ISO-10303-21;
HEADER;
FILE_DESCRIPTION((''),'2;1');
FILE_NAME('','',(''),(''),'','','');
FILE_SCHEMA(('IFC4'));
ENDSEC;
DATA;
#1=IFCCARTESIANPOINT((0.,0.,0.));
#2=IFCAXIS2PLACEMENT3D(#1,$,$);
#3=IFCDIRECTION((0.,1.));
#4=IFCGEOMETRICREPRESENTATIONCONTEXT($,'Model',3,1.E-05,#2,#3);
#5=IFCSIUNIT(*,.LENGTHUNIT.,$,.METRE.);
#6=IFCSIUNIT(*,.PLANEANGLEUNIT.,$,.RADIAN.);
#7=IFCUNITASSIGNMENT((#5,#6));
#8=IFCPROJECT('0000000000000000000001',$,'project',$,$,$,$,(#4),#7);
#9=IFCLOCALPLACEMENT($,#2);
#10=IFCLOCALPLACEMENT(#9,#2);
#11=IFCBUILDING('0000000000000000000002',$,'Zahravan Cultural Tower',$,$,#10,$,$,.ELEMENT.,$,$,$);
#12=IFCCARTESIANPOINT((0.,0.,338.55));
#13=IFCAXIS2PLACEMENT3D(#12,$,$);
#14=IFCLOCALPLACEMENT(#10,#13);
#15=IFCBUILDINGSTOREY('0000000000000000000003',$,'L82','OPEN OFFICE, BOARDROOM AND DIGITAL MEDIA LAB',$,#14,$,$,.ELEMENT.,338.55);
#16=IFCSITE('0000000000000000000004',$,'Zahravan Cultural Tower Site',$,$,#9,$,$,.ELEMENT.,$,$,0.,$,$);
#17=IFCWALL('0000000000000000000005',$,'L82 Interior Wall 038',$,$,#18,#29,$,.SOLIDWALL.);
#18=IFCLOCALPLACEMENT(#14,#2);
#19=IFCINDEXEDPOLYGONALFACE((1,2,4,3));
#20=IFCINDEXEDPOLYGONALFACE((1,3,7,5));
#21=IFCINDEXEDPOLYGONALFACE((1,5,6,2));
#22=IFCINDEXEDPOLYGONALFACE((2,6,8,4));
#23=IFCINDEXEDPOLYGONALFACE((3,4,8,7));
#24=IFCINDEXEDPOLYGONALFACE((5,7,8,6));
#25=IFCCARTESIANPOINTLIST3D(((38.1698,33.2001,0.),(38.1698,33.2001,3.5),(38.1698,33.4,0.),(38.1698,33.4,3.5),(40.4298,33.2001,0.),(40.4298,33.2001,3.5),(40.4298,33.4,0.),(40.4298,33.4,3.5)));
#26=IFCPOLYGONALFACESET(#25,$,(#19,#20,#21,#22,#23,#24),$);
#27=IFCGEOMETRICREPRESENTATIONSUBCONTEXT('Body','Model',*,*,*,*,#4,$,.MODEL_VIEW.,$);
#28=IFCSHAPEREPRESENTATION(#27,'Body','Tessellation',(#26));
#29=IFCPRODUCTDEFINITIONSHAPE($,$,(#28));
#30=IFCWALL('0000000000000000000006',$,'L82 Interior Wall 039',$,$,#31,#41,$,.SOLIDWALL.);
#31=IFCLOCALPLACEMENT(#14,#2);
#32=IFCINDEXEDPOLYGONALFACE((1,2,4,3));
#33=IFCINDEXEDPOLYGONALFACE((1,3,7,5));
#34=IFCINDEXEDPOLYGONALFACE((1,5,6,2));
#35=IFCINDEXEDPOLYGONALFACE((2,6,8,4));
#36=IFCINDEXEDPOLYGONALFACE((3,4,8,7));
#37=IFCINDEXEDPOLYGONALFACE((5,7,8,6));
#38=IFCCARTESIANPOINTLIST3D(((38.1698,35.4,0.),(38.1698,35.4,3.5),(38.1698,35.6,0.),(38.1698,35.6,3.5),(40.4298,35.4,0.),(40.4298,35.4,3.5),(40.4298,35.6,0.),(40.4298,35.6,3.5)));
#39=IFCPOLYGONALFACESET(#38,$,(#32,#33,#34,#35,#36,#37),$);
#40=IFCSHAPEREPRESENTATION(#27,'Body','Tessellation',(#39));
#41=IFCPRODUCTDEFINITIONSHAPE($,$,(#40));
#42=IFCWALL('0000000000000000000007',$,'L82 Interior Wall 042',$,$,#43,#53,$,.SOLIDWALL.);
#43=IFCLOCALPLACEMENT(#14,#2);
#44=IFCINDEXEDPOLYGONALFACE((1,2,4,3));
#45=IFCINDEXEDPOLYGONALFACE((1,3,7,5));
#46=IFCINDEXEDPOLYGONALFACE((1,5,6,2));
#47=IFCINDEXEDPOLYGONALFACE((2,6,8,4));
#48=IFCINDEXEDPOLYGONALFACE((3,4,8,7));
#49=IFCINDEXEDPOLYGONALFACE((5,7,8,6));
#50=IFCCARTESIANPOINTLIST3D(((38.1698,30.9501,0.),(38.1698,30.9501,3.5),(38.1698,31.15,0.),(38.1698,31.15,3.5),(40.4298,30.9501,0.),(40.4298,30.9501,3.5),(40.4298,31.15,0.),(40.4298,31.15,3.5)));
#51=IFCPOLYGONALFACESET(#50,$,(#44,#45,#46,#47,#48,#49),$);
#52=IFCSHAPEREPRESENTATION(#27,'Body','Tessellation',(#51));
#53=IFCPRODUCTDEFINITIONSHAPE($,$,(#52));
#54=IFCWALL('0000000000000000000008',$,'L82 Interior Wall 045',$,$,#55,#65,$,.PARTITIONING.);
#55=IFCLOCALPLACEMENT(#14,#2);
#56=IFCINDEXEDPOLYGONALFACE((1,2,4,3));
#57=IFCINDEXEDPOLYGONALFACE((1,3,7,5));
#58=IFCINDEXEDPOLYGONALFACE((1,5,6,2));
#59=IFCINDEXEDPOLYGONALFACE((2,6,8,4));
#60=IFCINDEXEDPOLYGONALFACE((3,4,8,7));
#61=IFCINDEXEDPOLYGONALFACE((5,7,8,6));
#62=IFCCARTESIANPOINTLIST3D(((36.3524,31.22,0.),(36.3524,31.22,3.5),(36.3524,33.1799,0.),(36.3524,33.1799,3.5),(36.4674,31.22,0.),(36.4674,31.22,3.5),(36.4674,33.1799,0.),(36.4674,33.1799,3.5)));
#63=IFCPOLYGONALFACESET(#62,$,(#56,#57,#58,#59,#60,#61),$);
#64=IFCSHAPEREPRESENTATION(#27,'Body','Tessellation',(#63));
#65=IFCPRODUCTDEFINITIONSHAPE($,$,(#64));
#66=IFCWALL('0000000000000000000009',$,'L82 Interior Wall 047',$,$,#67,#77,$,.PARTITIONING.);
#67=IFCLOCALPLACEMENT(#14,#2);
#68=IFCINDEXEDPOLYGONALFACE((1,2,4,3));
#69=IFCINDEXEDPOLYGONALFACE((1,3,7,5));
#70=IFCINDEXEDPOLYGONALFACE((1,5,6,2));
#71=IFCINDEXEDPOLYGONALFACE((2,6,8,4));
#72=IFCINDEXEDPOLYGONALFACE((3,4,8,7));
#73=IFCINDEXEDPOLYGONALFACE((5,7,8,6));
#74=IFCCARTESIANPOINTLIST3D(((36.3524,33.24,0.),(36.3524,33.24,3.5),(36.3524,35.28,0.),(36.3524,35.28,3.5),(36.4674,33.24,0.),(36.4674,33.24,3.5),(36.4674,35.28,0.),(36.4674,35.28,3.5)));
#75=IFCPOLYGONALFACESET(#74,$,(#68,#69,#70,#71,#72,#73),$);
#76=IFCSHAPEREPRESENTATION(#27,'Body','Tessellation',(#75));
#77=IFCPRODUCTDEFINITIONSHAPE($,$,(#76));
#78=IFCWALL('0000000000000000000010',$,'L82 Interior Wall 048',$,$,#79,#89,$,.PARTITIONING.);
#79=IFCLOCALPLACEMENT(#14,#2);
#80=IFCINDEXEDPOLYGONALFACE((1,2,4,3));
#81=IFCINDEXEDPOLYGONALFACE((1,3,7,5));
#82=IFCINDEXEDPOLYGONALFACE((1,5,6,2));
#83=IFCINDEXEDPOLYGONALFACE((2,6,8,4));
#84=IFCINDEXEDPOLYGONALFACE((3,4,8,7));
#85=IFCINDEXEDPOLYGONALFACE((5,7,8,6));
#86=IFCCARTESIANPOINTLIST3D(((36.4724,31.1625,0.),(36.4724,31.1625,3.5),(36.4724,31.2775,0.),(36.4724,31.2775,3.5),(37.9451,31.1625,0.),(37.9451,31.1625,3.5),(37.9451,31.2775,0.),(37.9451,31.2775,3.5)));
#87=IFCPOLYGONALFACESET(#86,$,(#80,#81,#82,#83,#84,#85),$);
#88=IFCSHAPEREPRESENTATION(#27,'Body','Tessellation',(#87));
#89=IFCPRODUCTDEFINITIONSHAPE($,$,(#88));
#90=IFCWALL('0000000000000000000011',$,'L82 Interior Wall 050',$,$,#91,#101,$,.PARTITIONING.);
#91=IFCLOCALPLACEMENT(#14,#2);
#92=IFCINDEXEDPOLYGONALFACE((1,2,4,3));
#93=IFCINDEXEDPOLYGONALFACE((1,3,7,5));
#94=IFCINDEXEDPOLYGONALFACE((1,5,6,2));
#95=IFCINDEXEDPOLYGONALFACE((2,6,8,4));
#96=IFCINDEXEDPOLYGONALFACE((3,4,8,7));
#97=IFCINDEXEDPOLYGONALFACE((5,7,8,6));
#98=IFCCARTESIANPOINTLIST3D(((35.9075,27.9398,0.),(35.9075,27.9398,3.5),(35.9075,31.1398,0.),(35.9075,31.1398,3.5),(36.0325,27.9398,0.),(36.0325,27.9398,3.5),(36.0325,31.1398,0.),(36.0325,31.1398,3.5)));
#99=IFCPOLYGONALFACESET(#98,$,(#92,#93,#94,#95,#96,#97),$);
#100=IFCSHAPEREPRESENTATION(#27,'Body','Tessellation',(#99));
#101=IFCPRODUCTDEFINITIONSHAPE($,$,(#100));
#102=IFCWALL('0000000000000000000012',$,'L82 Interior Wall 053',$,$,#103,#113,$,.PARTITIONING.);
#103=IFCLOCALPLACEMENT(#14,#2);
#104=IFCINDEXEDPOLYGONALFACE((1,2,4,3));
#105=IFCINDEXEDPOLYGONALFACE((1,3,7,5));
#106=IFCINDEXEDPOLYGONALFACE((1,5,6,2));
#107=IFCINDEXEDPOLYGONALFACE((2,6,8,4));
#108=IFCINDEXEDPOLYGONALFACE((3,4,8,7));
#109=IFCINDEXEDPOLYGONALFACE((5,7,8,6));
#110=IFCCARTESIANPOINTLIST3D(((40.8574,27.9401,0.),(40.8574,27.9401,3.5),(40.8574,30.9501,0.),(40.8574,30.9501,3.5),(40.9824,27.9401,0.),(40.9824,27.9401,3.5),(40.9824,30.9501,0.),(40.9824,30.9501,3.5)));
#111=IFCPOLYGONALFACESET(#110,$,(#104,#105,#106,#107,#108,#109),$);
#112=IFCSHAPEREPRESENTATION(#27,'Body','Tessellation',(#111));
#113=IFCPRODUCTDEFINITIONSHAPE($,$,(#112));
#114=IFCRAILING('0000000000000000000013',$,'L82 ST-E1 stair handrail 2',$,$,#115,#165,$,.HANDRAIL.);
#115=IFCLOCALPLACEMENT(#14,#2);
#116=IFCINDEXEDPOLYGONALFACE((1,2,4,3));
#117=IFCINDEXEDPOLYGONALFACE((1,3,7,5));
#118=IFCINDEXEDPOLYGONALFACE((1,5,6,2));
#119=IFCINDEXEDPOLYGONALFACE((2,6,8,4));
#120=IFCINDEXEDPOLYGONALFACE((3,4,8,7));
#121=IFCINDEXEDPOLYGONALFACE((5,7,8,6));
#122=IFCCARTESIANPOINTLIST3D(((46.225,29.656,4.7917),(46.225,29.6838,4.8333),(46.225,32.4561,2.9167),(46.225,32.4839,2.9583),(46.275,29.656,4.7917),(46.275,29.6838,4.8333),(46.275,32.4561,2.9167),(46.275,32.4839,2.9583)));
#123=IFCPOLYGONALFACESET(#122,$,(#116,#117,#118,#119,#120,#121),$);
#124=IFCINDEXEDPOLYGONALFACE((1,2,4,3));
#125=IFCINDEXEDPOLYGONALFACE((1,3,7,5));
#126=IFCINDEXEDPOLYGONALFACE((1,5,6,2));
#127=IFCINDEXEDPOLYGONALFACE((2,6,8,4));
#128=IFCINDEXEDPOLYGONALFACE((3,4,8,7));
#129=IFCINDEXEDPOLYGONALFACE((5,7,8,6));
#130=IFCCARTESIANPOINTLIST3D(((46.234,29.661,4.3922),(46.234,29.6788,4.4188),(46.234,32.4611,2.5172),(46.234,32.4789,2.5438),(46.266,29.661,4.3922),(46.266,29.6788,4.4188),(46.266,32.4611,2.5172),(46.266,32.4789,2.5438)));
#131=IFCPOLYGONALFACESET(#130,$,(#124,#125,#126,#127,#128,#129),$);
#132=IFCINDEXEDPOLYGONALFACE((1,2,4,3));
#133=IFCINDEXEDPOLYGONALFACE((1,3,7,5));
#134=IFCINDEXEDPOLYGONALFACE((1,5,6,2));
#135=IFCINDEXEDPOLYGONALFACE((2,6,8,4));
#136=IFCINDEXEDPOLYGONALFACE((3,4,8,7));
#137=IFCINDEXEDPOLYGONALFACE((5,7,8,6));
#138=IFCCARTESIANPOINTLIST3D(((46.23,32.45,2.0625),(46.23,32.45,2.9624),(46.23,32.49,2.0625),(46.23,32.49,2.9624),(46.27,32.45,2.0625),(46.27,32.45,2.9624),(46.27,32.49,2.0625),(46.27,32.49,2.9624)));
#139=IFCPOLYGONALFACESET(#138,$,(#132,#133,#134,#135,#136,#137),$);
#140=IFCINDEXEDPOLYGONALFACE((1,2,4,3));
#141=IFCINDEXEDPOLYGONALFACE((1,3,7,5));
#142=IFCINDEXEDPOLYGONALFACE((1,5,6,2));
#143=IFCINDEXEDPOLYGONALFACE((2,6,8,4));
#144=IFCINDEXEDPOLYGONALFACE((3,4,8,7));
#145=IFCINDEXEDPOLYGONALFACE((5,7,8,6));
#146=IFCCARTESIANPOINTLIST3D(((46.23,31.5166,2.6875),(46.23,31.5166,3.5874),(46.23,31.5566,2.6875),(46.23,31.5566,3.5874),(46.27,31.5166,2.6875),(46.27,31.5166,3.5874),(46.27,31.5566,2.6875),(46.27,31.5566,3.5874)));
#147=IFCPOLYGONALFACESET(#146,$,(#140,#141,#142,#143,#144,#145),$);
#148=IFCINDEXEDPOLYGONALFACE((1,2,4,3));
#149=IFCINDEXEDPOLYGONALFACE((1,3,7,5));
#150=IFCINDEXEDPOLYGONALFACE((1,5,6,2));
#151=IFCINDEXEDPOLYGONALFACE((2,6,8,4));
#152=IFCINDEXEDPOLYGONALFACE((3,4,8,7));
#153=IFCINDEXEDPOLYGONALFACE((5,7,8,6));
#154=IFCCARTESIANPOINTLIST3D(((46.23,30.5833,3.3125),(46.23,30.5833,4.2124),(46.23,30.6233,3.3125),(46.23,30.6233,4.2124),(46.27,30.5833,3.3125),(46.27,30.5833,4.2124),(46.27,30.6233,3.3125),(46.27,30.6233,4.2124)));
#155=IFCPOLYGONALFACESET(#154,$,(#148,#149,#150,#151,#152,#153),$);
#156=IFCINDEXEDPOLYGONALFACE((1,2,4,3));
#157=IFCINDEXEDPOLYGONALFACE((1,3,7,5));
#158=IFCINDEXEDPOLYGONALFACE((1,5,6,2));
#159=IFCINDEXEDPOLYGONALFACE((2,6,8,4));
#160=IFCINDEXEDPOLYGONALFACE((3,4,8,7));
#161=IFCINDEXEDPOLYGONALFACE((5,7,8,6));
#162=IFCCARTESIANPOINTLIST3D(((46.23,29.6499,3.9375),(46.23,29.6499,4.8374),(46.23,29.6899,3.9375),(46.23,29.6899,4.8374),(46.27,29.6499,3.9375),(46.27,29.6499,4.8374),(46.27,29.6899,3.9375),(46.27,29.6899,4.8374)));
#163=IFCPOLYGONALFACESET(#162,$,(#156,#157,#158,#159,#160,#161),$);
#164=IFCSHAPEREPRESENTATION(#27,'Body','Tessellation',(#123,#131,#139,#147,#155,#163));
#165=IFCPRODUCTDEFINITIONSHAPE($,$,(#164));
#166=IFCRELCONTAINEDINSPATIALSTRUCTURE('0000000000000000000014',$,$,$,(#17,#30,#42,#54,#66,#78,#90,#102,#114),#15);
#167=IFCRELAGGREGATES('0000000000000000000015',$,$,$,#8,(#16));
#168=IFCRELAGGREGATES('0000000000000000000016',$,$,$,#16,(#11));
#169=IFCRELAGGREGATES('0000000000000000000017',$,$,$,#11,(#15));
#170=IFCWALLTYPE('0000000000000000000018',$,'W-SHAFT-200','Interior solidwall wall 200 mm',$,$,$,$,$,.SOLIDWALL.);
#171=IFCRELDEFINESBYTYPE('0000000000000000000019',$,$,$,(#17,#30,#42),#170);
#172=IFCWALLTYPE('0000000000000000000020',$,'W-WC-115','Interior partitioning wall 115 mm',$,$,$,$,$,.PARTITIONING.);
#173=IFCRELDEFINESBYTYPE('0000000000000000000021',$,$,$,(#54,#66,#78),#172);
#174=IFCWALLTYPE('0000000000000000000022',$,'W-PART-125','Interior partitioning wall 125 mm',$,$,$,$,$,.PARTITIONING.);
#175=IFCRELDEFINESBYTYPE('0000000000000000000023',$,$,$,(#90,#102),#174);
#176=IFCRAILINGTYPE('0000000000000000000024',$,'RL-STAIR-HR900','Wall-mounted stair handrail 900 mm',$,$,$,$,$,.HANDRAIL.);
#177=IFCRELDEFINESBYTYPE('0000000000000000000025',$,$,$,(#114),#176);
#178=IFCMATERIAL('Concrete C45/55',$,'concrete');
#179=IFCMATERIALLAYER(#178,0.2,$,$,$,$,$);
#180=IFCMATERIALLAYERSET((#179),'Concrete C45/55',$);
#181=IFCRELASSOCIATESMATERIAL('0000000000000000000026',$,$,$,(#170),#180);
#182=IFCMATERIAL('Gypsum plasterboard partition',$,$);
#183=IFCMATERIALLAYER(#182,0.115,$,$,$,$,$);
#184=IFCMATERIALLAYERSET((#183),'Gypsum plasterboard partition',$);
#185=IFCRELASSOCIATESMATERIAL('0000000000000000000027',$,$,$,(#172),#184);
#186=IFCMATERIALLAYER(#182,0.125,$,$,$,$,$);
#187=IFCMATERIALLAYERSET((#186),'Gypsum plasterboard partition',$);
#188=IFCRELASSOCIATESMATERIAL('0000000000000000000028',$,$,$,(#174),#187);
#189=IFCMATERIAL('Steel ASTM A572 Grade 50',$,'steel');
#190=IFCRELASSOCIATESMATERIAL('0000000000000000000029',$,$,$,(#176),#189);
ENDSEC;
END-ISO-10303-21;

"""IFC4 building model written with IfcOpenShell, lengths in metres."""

from ifc_helpers import new_model, si_unit, direction, frame, frame_2d, origin, origin_2d, place, context, subcontext, project, spatial, rectangle, extrude, source, transform, mapped, material, layer, layer_set, type_object, element, save


model = new_model("IFC4")

# Units and contexts
model_context = context("Model", 3, precision=1e-05, world=origin(), true_north=direction((0.0, 1.0)))
body_context = subcontext(model_context, "Body", "Model", "MODEL_VIEW")
ifc_project = project(units=[si_unit("LENGTHUNIT", "METRE"), si_unit("PLANEANGLEUNIT", "RADIAN")], contexts=[model_context])

# Site, building, storey
site_placement = place(None, origin())
site = spatial("IfcSite", under=ifc_project, at=site_placement, Name="Zahravan Cultural Tower Site", CompositionType="ELEMENT", RefElevation=0.0)
building_placement = place(site_placement, origin())
building = spatial("IfcBuilding", under=site, at=building_placement, Name="Zahravan Cultural Tower", CompositionType="ELEMENT")
storey_placement = place(building_placement, frame((0.0, 0.0, 338.55)))
storey = spatial("IfcBuildingStorey", under=building, at=storey_placement, Name="L82", Description="OPEN OFFICE, BOARDROOM AND DIGITAL MEDIA LAB", CompositionType="ELEMENT", Elevation=338.55)

# Shared definitions
ifc_material_1 = material(Name="Concrete C45/55", Category="concrete")
ifc_layer_1 = layer(ifc_material_1, 0.2)
ifc_layer_set_1 = layer_set([ifc_layer_1], Name="Concrete C45/55")
wall_type_1 = type_object("IfcWallType", Name="W-SHAFT-200", Description="Interior solidwall wall 200 mm", PredefinedType="SOLIDWALL", material=ifc_layer_set_1)
ifc_material_2 = material(Name="Steel ASTM A572 Grade 50", Category="steel")
ifc_material_3 = material(Name="Gypsum plasterboard partition")
ifc_layer_2 = layer(ifc_material_3, 0.115)
ifc_layer_set_2 = layer_set([ifc_layer_2], Name="Gypsum plasterboard partition")
wall_type_2 = type_object("IfcWallType", Name="W-WC-115", Description="Interior partitioning wall 115 mm", PredefinedType="PARTITIONING", material=ifc_layer_set_2)

# Walls
shared_shape_1 = source(origin(), body_context, "Body", "SweptSolid", [
    extrude(rectangle(XDim=2.26, YDim=0.2, at=frame_2d((1.1299, 0.0))), origin(), (0.0, 0.0, 1.0), 3.5),
])
for number, where, z_axis, x_axis, name in (
    (1, (38.1699, 33.3, 0.0), (0.0, 0.0, 1.0), (1.0, 0.0, 0.0), "L82 Interior Wall 038"),
    (2, (38.1699, 35.5, 0.0), (0.0, 0.0, 1.0), (1.0, 0.0, 0.0), "L82 Interior Wall 039"),
    (3, (38.1699, 31.05, 0.0), (0.0, 0.0, 1.0), (1.0, 0.0, 0.0), "L82 Interior Wall 042"),
):
    element("IfcWall", number, at=place(storey_placement, frame(where, z_axis=z_axis, x_axis=x_axis)), inside=storey, type_object=wall_type_1, Name=name, PredefinedType="SOLIDWALL", context=body_context, shape_type="MappedRepresentation", body=[
        mapped(shared_shape_1, transform((0.0, 0.0, 0.0), x_axis=(1.0, 0.0, 0.0), y_axis=(0.0, 1.0, 0.0), z_axis=(0.0, 0.0, 1.0), scale=1.0)),
    ])
shared_shape_2 = source(origin(), body_context, "Body", "SweptSolid", [
    extrude(rectangle(XDim=1.96, YDim=0.115, at=frame_2d((0.98, 0.0))), origin(), (0.0, 0.0, 1.0), 3.5),
])
wall_1_placement = place(storey_placement, frame((36.4099, 33.1799, 0.0), z_axis=(0.0, 0.0, 1.0), x_axis=(0.0, -1.0, 0.0)))
element("IfcWall", 4, at=wall_1_placement, inside=storey, type_object=wall_type_2, Name="L82 Interior Wall 045", PredefinedType="PARTITIONING", context=body_context, shape_type="MappedRepresentation", body=[
    mapped(shared_shape_2, transform((0.0, 0.0, 0.0), x_axis=(1.0, 0.0, 0.0), y_axis=(0.0, 1.0, 0.0), z_axis=(0.0, 0.0, 1.0), scale=1.0)),
])
shared_shape_3 = source(origin(), body_context, "Body", "SweptSolid", [
    extrude(rectangle(XDim=2.04, YDim=0.115, at=frame_2d((1.02, 0.0))), origin(), (0.0, 0.0, 1.0), 3.5),
])
wall_2_placement = place(storey_placement, frame((36.4099, 35.28, 0.0), z_axis=(0.0, 0.0, 1.0), x_axis=(0.0, -1.0, 0.0)))
element("IfcWall", 5, at=wall_2_placement, inside=storey, type_object=wall_type_2, Name="L82 Interior Wall 047", PredefinedType="PARTITIONING", context=body_context, shape_type="MappedRepresentation", body=[
    mapped(shared_shape_3, transform((0.0, 0.0, 0.0), x_axis=(1.0, 0.0, 0.0), y_axis=(0.0, 1.0, 0.0), z_axis=(0.0, 0.0, 1.0), scale=1.0)),
])
shared_shape_4 = source(origin(), body_context, "Body", "SweptSolid", [
    extrude(rectangle(XDim=1.4727, YDim=0.115, at=frame_2d((0.7363, 0.0))), origin(), (0.0, 0.0, 1.0), 3.5),
])
wall_3_placement = place(storey_placement, frame((37.9451, 31.22, 0.0), z_axis=(0.0, 0.0, 1.0), x_axis=(-1.0, 0.0, 0.0)))
element("IfcWall", 6, at=wall_3_placement, inside=storey, type_object=wall_type_2, Name="L82 Interior Wall 048", PredefinedType="PARTITIONING", context=body_context, shape_type="MappedRepresentation", body=[
    mapped(shared_shape_4, transform((0.0, 0.0, 0.0), x_axis=(1.0, 0.0, 0.0), y_axis=(0.0, 1.0, 0.0), z_axis=(0.0, 0.0, 1.0), scale=1.0)),
])
ifc_layer_3 = layer(ifc_material_3, 0.125)
ifc_layer_set_3 = layer_set([ifc_layer_3], Name="Gypsum plasterboard partition")
wall_type_3 = type_object("IfcWallType", Name="W-PART-125", Description="Interior partitioning wall 125 mm", PredefinedType="PARTITIONING", material=ifc_layer_set_3)
shared_shape_5 = source(origin(), body_context, "Body", "SweptSolid", [
    extrude(rectangle(XDim=3.2, YDim=0.125, at=frame_2d((1.6001, 0.0))), origin(), (0.0, 0.0, 1.0), 3.5),
])
wall_4_placement = place(storey_placement, frame((35.97, 31.1399, 0.0), z_axis=(0.0, 0.0, 1.0), x_axis=(0.0, -1.0, 0.0)))
element("IfcWall", 7, at=wall_4_placement, inside=storey, type_object=wall_type_3, Name="L82 Interior Wall 050", PredefinedType="PARTITIONING", context=body_context, shape_type="MappedRepresentation", body=[
    mapped(shared_shape_5, transform((0.0, 0.0, 0.0), x_axis=(1.0, 0.0, 0.0), y_axis=(0.0, 1.0, 0.0), z_axis=(0.0, 0.0, 1.0), scale=1.0)),
])
shared_shape_6 = source(origin(), body_context, "Body", "SweptSolid", [
    extrude(rectangle(XDim=3.01, YDim=0.125, at=frame_2d((1.5049, 0.0))), origin(), (0.0, 0.0, 1.0), 3.5),
])
wall_5_placement = place(storey_placement, frame((40.9199, 30.95, 0.0), z_axis=(0.0, 0.0, 1.0), x_axis=(0.0, -1.0, 0.0)))
element("IfcWall", 8, at=wall_5_placement, inside=storey, type_object=wall_type_3, Name="L82 Interior Wall 053", PredefinedType="PARTITIONING", context=body_context, shape_type="MappedRepresentation", body=[
    mapped(shared_shape_6, transform((0.0, 0.0, 0.0), x_axis=(1.0, 0.0, 0.0), y_axis=(0.0, 1.0, 0.0), z_axis=(0.0, 0.0, 1.0), scale=1.0)),
])

# Railing
railing_type = type_object("IfcRailingType", Name="RL-STAIR-HR900", Description="Wall-mounted stair handrail 900 mm", PredefinedType="HANDRAIL", material=ifc_material_2)
railing_placement = place(storey_placement, frame((46.25, 32.47, 2.0625)))
element("IfcRailing", 9, at=railing_placement, inside=storey, type_object=railing_type, Name="L82 ST-E1 stair handrail 2", PredefinedType="HANDRAIL", context=body_context, shape_type="SweptSolid", body=[
    extrude(rectangle(XDim=0.05, YDim=0.05, at=origin_2d()), frame((0.0, 0.0, 0.875), z_axis=(0.0, -0.830912, 0.556404), x_axis=(1.0, 0.0, 0.0)), (0.0, 0.0, 1.0), 3.3699),
    extrude(rectangle(XDim=0.032, YDim=0.032, at=origin_2d()), frame((0.0, 0.0, 0.468), z_axis=(0.0, -0.830912, 0.556404), x_axis=(1.0, 0.0, 0.0)), (0.0, 0.0, 1.0), 3.3699),
    extrude(rectangle(XDim=0.04, YDim=0.04, at=origin_2d()), origin(), (0.0, 0.0, 1.0), 0.8999),
    extrude(rectangle(XDim=0.04, YDim=0.04, at=origin_2d()), frame((0.0, -0.9333, 0.625)), (0.0, 0.0, 1.0), 0.8999),
    extrude(rectangle(XDim=0.04, YDim=0.04, at=origin_2d()), frame((0.0, -1.8667, 1.25)), (0.0, 0.0, 1.0), 0.8999),
    extrude(rectangle(XDim=0.04, YDim=0.04, at=origin_2d()), frame((0.0, -2.8, 1.875)), (0.0, 0.0, 1.0), 0.8999),
])

save(model, "model.ifc")
